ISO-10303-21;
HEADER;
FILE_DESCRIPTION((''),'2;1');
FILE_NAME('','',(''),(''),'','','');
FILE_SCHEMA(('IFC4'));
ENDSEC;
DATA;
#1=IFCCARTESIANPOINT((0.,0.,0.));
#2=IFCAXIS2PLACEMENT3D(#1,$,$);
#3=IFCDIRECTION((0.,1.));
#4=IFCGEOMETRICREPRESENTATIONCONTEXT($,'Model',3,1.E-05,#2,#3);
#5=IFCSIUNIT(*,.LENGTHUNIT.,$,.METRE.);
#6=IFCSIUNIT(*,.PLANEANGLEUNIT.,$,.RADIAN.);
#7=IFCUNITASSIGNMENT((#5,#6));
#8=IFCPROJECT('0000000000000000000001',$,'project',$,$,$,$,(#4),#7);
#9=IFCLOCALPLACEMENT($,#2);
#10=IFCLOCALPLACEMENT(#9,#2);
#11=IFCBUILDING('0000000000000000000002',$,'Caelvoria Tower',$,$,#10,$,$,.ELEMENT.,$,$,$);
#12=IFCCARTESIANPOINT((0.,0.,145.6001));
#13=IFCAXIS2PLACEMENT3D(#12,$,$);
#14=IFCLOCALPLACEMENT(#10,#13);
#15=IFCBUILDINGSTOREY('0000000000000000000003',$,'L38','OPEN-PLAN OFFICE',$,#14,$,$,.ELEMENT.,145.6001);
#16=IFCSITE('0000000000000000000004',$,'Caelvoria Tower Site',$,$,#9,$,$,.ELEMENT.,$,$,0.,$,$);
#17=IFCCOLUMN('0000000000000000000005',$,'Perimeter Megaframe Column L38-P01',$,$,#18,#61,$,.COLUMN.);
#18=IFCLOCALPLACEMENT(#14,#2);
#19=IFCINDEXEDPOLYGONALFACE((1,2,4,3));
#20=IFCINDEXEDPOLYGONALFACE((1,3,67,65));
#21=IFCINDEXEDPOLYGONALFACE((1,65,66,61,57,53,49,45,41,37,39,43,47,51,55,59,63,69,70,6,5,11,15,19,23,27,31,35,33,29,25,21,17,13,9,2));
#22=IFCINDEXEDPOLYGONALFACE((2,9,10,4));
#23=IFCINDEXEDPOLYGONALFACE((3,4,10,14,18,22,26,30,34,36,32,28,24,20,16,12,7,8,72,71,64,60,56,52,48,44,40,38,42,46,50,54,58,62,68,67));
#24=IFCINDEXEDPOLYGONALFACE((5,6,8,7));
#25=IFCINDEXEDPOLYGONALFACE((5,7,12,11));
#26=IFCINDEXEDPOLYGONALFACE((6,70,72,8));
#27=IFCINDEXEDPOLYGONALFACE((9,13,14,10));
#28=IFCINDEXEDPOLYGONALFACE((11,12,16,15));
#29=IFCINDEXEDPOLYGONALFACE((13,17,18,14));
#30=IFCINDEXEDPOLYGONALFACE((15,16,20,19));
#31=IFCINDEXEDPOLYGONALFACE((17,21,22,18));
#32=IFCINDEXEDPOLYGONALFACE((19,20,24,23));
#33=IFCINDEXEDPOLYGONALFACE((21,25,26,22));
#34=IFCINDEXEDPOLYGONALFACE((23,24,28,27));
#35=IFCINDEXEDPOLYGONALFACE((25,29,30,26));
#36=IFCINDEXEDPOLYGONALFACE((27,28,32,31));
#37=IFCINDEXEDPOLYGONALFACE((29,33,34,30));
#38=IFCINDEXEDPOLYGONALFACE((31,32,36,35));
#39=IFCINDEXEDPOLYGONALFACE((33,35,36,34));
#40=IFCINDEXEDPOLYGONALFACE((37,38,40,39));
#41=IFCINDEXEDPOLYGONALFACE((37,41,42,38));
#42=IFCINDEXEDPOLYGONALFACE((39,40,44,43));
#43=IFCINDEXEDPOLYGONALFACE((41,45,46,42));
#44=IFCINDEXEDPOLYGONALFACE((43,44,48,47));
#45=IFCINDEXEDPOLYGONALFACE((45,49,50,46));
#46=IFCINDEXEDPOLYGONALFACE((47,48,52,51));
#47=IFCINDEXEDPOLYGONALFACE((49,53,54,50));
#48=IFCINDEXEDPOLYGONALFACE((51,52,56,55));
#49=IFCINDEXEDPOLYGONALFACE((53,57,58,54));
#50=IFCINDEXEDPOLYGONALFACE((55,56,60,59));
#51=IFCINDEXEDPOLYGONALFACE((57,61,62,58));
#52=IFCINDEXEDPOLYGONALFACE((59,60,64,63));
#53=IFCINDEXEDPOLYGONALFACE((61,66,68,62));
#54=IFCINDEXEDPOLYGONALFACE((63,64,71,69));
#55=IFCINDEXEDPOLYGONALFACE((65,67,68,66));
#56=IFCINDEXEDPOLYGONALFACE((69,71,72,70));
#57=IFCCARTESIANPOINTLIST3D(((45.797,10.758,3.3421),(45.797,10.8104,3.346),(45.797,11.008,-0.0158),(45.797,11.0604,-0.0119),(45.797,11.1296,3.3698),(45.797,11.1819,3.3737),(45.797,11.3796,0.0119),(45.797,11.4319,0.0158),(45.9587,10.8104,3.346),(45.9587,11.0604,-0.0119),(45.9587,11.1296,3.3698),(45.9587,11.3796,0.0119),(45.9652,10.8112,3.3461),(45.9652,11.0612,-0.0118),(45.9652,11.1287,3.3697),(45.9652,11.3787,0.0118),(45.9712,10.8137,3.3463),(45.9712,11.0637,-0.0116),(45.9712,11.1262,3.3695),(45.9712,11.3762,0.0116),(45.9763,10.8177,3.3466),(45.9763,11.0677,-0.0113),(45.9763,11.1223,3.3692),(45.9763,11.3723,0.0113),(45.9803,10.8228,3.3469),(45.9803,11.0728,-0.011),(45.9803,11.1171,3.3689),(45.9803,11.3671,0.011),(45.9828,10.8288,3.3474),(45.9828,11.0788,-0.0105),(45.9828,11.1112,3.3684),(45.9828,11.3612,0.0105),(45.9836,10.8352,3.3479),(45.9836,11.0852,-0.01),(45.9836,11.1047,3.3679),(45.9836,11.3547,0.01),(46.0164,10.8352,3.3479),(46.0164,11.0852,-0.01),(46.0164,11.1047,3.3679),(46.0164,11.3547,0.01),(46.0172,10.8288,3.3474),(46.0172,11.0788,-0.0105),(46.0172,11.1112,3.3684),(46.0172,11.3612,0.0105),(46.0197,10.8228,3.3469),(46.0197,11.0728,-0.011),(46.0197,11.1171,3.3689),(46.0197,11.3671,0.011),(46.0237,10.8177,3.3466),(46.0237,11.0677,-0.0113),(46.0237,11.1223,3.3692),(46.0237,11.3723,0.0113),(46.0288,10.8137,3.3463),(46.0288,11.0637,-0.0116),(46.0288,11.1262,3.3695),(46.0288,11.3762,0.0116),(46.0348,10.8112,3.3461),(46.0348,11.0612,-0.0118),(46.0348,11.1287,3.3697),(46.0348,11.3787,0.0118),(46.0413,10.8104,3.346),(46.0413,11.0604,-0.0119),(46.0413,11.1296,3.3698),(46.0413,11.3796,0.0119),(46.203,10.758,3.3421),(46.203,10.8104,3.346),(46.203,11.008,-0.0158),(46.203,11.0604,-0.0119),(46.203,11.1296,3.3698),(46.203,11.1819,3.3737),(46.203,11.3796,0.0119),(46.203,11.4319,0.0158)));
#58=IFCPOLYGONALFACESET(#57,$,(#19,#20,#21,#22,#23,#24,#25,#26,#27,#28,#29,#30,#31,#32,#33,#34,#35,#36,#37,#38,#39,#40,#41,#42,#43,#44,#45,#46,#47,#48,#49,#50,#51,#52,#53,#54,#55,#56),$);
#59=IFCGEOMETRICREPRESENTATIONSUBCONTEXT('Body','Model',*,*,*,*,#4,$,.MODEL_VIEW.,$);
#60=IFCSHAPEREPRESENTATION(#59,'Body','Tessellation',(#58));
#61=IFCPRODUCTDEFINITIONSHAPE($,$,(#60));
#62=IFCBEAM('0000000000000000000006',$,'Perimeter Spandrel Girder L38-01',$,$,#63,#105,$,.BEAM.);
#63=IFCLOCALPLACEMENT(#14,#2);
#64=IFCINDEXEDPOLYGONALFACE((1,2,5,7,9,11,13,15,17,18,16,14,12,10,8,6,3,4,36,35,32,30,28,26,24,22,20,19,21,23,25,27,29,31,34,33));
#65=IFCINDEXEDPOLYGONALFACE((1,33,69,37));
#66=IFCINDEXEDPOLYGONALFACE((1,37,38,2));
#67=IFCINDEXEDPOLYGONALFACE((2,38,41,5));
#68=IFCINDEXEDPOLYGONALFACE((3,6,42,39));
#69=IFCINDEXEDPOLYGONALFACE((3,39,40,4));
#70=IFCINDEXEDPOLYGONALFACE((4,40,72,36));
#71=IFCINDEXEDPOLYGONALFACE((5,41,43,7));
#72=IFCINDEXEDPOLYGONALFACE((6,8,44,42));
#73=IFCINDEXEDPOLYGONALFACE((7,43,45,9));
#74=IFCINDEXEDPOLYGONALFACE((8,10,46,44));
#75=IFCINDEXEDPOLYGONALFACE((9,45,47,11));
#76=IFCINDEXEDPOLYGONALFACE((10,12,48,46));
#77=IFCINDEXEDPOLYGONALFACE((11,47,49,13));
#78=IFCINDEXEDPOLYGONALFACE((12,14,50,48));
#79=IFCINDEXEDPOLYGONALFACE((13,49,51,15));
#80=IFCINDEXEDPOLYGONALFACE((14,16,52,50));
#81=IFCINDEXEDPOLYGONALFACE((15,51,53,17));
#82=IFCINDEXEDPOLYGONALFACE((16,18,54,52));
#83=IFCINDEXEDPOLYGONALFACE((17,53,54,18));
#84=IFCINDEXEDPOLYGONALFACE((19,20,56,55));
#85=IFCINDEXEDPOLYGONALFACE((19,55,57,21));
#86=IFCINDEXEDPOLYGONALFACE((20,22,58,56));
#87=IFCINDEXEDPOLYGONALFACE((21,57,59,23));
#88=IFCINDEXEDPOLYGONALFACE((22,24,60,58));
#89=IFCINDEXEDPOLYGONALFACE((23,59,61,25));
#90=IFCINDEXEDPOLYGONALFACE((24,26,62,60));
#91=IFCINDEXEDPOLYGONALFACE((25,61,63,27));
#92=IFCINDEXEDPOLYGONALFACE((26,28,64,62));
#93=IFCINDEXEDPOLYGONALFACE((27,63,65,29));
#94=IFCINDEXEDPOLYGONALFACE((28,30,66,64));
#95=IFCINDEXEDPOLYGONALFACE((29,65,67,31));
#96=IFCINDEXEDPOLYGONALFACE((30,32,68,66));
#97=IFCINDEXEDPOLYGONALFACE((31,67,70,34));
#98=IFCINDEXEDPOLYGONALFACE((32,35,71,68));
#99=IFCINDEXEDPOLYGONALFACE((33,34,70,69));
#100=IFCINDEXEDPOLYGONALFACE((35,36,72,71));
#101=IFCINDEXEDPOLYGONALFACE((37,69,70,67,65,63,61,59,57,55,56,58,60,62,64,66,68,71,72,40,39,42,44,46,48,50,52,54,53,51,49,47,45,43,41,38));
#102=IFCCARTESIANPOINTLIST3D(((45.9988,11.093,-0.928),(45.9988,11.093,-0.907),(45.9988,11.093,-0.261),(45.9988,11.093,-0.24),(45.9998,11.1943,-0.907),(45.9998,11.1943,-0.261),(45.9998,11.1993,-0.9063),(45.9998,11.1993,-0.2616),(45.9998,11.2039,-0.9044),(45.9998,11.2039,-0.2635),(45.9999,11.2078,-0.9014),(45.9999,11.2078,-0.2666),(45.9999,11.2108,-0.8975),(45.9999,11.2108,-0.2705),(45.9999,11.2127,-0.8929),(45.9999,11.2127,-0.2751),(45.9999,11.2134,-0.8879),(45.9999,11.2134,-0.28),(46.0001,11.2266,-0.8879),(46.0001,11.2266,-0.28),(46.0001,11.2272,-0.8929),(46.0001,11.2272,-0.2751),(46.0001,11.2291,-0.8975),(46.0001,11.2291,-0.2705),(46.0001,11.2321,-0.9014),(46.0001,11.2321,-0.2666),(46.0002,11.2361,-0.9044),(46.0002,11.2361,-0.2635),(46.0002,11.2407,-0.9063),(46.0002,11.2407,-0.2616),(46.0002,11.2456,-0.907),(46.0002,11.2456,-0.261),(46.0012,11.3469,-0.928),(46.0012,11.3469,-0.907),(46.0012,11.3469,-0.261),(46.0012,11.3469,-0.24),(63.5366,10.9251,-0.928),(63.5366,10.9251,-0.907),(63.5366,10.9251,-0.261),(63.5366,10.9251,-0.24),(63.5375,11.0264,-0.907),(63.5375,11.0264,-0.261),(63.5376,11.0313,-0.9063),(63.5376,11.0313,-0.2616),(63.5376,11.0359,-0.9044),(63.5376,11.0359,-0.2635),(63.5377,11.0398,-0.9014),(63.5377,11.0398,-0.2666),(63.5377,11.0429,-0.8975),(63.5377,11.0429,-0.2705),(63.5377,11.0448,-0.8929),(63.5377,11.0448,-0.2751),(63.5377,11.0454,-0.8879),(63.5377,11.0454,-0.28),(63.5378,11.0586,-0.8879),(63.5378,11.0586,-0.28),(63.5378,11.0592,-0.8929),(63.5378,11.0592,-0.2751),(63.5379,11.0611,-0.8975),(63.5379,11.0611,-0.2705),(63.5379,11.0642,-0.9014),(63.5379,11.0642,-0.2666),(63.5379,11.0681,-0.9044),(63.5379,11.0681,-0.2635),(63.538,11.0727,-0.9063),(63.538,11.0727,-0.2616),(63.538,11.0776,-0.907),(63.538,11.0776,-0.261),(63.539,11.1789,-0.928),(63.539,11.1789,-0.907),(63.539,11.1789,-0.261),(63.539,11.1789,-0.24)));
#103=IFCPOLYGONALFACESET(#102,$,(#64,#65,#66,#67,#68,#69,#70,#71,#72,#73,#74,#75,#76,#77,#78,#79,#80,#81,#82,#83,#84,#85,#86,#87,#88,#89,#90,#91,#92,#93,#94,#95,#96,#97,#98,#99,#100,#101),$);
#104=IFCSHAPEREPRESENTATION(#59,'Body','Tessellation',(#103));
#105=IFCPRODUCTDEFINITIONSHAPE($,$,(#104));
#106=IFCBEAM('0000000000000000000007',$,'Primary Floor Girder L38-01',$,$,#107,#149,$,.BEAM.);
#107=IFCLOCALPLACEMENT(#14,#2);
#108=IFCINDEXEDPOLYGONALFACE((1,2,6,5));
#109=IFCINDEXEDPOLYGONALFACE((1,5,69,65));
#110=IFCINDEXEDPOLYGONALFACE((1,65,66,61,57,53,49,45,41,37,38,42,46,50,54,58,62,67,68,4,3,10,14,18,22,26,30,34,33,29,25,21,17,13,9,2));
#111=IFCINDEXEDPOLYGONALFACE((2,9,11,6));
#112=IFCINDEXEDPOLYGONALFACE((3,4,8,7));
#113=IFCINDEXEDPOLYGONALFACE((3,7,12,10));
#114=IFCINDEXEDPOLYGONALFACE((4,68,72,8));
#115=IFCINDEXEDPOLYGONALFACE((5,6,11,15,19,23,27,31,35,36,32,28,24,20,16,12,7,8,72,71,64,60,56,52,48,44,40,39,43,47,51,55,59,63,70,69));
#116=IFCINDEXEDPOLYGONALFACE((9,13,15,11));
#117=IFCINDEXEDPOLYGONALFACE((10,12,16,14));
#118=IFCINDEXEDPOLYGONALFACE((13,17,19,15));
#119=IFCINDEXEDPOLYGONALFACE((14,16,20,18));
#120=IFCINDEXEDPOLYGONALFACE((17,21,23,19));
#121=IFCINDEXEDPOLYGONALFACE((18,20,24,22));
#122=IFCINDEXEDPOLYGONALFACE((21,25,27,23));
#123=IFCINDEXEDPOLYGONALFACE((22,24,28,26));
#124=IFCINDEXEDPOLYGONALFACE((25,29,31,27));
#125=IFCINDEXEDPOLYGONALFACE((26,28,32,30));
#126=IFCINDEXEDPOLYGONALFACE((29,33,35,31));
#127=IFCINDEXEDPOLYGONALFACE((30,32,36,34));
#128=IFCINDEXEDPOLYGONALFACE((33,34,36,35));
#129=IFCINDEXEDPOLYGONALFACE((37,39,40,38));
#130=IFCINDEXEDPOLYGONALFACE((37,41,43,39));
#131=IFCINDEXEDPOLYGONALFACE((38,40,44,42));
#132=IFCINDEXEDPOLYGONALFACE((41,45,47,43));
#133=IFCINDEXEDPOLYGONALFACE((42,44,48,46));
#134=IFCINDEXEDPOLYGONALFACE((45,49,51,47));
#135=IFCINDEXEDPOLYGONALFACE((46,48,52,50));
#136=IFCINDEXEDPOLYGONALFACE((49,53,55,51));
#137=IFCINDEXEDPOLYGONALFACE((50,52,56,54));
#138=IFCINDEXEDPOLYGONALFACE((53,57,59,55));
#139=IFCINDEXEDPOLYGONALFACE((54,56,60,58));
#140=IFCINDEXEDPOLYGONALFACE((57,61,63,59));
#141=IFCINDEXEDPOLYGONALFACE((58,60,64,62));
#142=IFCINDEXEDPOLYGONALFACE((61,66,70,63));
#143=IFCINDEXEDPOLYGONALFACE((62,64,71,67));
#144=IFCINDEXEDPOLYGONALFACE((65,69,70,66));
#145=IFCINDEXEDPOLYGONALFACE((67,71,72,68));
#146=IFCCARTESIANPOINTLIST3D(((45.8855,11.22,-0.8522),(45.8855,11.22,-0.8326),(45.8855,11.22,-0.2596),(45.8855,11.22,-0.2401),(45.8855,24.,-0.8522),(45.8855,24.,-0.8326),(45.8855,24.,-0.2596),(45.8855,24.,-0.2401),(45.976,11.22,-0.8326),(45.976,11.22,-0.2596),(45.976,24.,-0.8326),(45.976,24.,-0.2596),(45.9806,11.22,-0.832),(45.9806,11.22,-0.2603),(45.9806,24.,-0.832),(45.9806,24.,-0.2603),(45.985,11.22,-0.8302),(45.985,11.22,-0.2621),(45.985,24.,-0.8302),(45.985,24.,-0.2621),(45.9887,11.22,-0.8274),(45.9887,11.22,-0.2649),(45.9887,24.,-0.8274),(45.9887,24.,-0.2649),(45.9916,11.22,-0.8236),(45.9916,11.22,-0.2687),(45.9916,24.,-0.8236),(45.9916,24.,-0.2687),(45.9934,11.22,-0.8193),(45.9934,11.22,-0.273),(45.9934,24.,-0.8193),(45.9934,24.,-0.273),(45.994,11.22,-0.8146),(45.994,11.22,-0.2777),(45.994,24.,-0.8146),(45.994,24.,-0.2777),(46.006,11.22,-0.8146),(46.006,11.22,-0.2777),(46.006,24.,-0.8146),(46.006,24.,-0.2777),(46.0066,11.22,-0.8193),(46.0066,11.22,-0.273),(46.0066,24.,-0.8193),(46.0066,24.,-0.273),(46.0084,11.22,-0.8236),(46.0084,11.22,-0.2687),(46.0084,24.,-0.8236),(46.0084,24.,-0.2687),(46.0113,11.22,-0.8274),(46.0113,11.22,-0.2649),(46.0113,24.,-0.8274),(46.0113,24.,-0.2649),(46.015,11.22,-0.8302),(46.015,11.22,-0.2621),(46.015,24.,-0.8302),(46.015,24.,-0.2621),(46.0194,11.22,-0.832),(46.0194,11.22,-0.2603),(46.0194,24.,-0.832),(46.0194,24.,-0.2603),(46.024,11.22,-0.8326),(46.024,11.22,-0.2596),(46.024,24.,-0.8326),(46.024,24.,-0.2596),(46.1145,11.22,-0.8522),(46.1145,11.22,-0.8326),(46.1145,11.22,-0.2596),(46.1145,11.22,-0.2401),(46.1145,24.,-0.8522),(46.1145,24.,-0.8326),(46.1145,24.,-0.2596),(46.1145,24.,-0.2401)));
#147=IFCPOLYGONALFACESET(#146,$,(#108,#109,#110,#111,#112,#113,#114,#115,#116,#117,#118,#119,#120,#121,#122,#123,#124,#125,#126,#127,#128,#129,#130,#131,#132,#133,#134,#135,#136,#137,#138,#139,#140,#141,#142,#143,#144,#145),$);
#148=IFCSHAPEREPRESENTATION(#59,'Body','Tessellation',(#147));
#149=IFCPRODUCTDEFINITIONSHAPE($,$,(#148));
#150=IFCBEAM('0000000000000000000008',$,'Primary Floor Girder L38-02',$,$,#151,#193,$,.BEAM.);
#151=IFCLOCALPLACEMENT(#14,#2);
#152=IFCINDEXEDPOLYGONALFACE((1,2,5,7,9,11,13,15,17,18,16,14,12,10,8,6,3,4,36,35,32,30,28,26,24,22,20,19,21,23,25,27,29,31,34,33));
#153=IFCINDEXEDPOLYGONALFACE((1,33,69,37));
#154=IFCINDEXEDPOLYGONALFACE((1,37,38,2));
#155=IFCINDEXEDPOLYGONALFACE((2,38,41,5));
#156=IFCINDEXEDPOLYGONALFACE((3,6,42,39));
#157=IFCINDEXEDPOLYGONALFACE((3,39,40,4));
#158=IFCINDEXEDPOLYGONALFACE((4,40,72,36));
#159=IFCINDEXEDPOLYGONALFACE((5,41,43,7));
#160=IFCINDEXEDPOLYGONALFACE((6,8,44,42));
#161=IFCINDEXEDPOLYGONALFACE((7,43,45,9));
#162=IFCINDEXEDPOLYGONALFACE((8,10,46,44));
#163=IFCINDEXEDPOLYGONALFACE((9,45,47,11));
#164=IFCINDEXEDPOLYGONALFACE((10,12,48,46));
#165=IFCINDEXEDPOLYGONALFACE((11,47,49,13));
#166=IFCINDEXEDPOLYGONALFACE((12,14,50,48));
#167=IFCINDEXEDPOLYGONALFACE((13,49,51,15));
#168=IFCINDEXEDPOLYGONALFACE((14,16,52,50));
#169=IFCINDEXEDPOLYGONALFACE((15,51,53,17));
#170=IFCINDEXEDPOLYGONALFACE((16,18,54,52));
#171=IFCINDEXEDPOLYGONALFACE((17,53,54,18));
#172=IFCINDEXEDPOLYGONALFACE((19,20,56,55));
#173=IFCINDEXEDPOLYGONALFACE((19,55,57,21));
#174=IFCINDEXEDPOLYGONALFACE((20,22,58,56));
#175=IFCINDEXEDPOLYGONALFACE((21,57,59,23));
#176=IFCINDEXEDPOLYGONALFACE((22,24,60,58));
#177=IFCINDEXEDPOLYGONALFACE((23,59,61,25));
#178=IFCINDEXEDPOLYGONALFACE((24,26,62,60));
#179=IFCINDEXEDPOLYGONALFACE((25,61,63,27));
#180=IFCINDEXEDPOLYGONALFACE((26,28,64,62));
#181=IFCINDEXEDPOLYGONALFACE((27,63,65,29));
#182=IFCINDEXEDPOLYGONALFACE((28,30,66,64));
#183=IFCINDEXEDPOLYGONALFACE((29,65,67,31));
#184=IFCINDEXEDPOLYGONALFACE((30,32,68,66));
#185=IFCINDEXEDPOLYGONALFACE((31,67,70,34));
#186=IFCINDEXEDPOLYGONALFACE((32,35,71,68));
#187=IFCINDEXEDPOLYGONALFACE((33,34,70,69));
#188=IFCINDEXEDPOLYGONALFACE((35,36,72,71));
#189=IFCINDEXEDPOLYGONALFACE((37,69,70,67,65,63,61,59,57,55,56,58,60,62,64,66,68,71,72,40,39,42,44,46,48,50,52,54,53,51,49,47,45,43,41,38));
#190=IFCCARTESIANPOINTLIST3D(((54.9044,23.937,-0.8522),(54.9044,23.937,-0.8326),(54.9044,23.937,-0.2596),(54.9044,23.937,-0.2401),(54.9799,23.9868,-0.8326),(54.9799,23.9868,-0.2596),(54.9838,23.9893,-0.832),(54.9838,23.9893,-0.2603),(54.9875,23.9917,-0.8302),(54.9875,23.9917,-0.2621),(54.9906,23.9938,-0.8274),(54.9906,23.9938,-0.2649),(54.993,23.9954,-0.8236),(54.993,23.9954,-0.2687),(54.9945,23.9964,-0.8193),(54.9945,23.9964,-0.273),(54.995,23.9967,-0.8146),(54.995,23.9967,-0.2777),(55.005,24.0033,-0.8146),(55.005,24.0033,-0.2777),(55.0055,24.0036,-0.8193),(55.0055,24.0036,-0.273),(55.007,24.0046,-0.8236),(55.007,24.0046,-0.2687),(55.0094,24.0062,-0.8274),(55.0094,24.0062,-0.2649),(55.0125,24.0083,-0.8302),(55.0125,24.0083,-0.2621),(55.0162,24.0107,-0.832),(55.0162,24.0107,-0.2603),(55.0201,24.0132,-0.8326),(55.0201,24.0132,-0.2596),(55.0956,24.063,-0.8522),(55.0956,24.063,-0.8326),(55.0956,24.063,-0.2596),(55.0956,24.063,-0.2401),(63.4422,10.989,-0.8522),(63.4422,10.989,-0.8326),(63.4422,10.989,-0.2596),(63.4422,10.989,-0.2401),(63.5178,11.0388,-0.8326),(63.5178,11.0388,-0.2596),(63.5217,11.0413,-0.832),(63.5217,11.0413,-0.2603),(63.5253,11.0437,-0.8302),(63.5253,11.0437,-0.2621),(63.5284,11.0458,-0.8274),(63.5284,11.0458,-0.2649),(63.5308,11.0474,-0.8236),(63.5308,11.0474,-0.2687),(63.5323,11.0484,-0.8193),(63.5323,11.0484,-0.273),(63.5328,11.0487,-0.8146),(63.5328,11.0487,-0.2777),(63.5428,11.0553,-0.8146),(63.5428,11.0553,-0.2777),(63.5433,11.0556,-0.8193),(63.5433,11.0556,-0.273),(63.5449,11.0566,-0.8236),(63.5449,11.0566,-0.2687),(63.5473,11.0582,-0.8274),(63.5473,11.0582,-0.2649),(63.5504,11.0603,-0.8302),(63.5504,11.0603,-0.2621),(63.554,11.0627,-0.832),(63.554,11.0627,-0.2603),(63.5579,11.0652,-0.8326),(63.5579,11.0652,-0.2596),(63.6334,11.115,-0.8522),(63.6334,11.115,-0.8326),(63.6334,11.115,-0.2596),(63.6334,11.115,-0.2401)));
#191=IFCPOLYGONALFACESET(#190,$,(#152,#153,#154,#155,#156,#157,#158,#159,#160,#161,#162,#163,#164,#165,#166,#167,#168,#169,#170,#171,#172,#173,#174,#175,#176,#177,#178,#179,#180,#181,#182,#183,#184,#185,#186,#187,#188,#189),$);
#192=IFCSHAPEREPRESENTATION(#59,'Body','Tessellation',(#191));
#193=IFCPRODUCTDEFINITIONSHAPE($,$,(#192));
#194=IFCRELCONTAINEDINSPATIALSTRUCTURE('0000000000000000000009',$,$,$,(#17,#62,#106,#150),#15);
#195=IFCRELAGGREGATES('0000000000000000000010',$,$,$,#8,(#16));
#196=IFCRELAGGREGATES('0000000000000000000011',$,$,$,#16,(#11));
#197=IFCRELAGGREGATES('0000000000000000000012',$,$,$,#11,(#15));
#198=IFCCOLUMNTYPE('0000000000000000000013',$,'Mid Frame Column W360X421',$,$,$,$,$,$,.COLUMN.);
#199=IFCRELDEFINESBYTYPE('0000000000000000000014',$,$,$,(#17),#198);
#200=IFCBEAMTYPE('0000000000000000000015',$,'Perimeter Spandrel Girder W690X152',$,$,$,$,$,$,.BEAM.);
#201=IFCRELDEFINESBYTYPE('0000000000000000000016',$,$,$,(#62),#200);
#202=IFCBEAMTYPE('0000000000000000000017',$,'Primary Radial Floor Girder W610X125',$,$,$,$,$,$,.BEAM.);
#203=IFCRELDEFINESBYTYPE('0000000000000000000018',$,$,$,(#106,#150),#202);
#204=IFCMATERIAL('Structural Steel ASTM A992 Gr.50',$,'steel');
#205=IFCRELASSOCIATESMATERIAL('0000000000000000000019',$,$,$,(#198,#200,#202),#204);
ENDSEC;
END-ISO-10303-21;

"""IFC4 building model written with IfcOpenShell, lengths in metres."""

from ifc_helpers import new_model, si_unit, direction, frame, origin, origin_2d, place, context, subcontext, project, spatial, i_section, extrude, material, material_profile, profile_set, type_object, element, save


model = new_model("IFC4")

# Units and contexts
model_context = context("Model", 3, precision=1e-05, world=origin(), true_north=direction((0.0, 1.0)))
body_context = subcontext(model_context, "Body", "Model", "MODEL_VIEW")
ifc_project = project(units=[si_unit("LENGTHUNIT", "METRE"), si_unit("PLANEANGLEUNIT", "RADIAN")], contexts=[model_context])

# Site, building, storey
site_placement = place(None, origin())
site = spatial("IfcSite", under=ifc_project, at=site_placement, Name="Caelvoria Tower Site", CompositionType="ELEMENT", RefElevation=0.0)
building_placement = place(site_placement, origin())
building = spatial("IfcBuilding", under=site, at=building_placement, Name="Caelvoria Tower", CompositionType="ELEMENT")
storey_placement = place(building_placement, frame((0.0, 0.0, 145.6001)))
storey = spatial("IfcBuildingStorey", under=building, at=storey_placement, Name="L38", Description="OPEN-PLAN OFFICE", CompositionType="ELEMENT", Elevation=145.6001)

# Column
ifc_material_1 = material(Name="Structural Steel ASTM A992 Gr.50", Category="steel")
ifc_material_profile_1 = material_profile(ifc_material_1, i_section(OverallWidth=0.406, OverallDepth=0.425, WebThickness=0.0327, FlangeThickness=0.0525, FilletRadius=0.0249, at=origin_2d()), Name="Structural Steel ASTM A992 Gr.50")
ifc_profile_set_1 = profile_set([ifc_material_profile_1], Name="W360X421 - Structural Steel ASTM A992 Gr.50")
column_type = type_object("IfcColumnType", Name="Mid Frame Column W360X421", PredefinedType="COLUMN", material=ifc_profile_set_1)
column_placement = place(storey_placement, frame((46.0, 11.22, 0.0), z_axis=(0.0, -0.074246, 0.99724), x_axis=(1.0, 0.0, 0.0)))
element("IfcColumn", 1, at=column_placement, inside=storey, type_object=column_type, Name="Perimeter Megaframe Column L38-P01", PredefinedType="COLUMN", context=body_context, shape_type="SweptSolid", body=[
    extrude(i_section(OverallWidth=0.406, OverallDepth=0.425, WebThickness=0.0327, FlangeThickness=0.0525, FilletRadius=0.0249, at=origin_2d()), origin(), (0.0, 0.0, 1.0), 3.3672),
])

# Beams
ifc_material_profile_2 = material_profile(ifc_material_1, i_section(OverallWidth=0.2539, OverallDepth=0.688, WebThickness=0.0132, FlangeThickness=0.021, FilletRadius=0.019, at=origin_2d()), Name="Structural Steel ASTM A992 Gr.50")
ifc_profile_set_2 = profile_set([ifc_material_profile_2], Name="W690X152 - Structural Steel ASTM A992 Gr.50")
beam_type_1 = type_object("IfcBeamType", Name="Perimeter Spandrel Girder W690X152", PredefinedType="BEAM", material=ifc_profile_set_2)
beam_1_placement = place(storey_placement, frame((46.0, 11.22, -0.584), z_axis=(0.999954, -0.009577, 0.0), x_axis=(0.009577, 0.999954, 0.0)))
element("IfcBeam", 2, at=beam_1_placement, inside=storey, type_object=beam_type_1, Name="Perimeter Spandrel Girder L38-01", PredefinedType="BEAM", context=body_context, shape_type="SweptSolid", body=[
    extrude(i_section(OverallWidth=0.2539, OverallDepth=0.688, WebThickness=0.0132, FlangeThickness=0.021, FilletRadius=0.019, at=origin_2d()), origin(), (0.0, 0.0, 1.0), 17.5386),
])
ifc_material_profile_3 = material_profile(ifc_material_1, i_section(OverallWidth=0.229, OverallDepth=0.6121, WebThickness=0.012, FlangeThickness=0.0195, FilletRadius=0.0181, at=origin_2d()), Name="Structural Steel ASTM A992 Gr.50")
ifc_profile_set_3 = profile_set([ifc_material_profile_3], Name="W610X125 - Structural Steel ASTM A992 Gr.50")
beam_type_2 = type_object("IfcBeamType", Name="Primary Radial Floor Girder W610X125", PredefinedType="BEAM", material=ifc_profile_set_3)
beam_2_placement = place(storey_placement, frame((46.0, 24.0, -0.5461), z_axis=(0.0, -1.0, 0.0), x_axis=(1.0, 0.0, 0.0)))
element("IfcBeam", 3, at=beam_2_placement, inside=storey, type_object=beam_type_2, Name="Primary Floor Girder L38-01", PredefinedType="BEAM", context=body_context, shape_type="SweptSolid", body=[
    extrude(i_section(OverallWidth=0.229, OverallDepth=0.6121, WebThickness=0.012, FlangeThickness=0.0195, FilletRadius=0.0181, at=origin_2d()), origin(), (0.0, 0.0, 1.0), 12.78),
])
beam_3_placement = place(storey_placement, frame((55.0, 24.0, -0.5461), z_axis=(0.55049, -0.834842, 0.0), x_axis=(0.834842, 0.55049, 0.0)))
element("IfcBeam", 4, at=beam_3_placement, inside=storey, type_object=beam_type_2, Name="Primary Floor Girder L38-02", PredefinedType="BEAM", context=body_context, shape_type="SweptSolid", body=[
    extrude(i_section(OverallWidth=0.229, OverallDepth=0.6121, WebThickness=0.012, FlangeThickness=0.0195, FilletRadius=0.0181, at=origin_2d()), origin(), (0.0, 0.0, 1.0), 15.5095),
])

save(model, "model.ifc")
